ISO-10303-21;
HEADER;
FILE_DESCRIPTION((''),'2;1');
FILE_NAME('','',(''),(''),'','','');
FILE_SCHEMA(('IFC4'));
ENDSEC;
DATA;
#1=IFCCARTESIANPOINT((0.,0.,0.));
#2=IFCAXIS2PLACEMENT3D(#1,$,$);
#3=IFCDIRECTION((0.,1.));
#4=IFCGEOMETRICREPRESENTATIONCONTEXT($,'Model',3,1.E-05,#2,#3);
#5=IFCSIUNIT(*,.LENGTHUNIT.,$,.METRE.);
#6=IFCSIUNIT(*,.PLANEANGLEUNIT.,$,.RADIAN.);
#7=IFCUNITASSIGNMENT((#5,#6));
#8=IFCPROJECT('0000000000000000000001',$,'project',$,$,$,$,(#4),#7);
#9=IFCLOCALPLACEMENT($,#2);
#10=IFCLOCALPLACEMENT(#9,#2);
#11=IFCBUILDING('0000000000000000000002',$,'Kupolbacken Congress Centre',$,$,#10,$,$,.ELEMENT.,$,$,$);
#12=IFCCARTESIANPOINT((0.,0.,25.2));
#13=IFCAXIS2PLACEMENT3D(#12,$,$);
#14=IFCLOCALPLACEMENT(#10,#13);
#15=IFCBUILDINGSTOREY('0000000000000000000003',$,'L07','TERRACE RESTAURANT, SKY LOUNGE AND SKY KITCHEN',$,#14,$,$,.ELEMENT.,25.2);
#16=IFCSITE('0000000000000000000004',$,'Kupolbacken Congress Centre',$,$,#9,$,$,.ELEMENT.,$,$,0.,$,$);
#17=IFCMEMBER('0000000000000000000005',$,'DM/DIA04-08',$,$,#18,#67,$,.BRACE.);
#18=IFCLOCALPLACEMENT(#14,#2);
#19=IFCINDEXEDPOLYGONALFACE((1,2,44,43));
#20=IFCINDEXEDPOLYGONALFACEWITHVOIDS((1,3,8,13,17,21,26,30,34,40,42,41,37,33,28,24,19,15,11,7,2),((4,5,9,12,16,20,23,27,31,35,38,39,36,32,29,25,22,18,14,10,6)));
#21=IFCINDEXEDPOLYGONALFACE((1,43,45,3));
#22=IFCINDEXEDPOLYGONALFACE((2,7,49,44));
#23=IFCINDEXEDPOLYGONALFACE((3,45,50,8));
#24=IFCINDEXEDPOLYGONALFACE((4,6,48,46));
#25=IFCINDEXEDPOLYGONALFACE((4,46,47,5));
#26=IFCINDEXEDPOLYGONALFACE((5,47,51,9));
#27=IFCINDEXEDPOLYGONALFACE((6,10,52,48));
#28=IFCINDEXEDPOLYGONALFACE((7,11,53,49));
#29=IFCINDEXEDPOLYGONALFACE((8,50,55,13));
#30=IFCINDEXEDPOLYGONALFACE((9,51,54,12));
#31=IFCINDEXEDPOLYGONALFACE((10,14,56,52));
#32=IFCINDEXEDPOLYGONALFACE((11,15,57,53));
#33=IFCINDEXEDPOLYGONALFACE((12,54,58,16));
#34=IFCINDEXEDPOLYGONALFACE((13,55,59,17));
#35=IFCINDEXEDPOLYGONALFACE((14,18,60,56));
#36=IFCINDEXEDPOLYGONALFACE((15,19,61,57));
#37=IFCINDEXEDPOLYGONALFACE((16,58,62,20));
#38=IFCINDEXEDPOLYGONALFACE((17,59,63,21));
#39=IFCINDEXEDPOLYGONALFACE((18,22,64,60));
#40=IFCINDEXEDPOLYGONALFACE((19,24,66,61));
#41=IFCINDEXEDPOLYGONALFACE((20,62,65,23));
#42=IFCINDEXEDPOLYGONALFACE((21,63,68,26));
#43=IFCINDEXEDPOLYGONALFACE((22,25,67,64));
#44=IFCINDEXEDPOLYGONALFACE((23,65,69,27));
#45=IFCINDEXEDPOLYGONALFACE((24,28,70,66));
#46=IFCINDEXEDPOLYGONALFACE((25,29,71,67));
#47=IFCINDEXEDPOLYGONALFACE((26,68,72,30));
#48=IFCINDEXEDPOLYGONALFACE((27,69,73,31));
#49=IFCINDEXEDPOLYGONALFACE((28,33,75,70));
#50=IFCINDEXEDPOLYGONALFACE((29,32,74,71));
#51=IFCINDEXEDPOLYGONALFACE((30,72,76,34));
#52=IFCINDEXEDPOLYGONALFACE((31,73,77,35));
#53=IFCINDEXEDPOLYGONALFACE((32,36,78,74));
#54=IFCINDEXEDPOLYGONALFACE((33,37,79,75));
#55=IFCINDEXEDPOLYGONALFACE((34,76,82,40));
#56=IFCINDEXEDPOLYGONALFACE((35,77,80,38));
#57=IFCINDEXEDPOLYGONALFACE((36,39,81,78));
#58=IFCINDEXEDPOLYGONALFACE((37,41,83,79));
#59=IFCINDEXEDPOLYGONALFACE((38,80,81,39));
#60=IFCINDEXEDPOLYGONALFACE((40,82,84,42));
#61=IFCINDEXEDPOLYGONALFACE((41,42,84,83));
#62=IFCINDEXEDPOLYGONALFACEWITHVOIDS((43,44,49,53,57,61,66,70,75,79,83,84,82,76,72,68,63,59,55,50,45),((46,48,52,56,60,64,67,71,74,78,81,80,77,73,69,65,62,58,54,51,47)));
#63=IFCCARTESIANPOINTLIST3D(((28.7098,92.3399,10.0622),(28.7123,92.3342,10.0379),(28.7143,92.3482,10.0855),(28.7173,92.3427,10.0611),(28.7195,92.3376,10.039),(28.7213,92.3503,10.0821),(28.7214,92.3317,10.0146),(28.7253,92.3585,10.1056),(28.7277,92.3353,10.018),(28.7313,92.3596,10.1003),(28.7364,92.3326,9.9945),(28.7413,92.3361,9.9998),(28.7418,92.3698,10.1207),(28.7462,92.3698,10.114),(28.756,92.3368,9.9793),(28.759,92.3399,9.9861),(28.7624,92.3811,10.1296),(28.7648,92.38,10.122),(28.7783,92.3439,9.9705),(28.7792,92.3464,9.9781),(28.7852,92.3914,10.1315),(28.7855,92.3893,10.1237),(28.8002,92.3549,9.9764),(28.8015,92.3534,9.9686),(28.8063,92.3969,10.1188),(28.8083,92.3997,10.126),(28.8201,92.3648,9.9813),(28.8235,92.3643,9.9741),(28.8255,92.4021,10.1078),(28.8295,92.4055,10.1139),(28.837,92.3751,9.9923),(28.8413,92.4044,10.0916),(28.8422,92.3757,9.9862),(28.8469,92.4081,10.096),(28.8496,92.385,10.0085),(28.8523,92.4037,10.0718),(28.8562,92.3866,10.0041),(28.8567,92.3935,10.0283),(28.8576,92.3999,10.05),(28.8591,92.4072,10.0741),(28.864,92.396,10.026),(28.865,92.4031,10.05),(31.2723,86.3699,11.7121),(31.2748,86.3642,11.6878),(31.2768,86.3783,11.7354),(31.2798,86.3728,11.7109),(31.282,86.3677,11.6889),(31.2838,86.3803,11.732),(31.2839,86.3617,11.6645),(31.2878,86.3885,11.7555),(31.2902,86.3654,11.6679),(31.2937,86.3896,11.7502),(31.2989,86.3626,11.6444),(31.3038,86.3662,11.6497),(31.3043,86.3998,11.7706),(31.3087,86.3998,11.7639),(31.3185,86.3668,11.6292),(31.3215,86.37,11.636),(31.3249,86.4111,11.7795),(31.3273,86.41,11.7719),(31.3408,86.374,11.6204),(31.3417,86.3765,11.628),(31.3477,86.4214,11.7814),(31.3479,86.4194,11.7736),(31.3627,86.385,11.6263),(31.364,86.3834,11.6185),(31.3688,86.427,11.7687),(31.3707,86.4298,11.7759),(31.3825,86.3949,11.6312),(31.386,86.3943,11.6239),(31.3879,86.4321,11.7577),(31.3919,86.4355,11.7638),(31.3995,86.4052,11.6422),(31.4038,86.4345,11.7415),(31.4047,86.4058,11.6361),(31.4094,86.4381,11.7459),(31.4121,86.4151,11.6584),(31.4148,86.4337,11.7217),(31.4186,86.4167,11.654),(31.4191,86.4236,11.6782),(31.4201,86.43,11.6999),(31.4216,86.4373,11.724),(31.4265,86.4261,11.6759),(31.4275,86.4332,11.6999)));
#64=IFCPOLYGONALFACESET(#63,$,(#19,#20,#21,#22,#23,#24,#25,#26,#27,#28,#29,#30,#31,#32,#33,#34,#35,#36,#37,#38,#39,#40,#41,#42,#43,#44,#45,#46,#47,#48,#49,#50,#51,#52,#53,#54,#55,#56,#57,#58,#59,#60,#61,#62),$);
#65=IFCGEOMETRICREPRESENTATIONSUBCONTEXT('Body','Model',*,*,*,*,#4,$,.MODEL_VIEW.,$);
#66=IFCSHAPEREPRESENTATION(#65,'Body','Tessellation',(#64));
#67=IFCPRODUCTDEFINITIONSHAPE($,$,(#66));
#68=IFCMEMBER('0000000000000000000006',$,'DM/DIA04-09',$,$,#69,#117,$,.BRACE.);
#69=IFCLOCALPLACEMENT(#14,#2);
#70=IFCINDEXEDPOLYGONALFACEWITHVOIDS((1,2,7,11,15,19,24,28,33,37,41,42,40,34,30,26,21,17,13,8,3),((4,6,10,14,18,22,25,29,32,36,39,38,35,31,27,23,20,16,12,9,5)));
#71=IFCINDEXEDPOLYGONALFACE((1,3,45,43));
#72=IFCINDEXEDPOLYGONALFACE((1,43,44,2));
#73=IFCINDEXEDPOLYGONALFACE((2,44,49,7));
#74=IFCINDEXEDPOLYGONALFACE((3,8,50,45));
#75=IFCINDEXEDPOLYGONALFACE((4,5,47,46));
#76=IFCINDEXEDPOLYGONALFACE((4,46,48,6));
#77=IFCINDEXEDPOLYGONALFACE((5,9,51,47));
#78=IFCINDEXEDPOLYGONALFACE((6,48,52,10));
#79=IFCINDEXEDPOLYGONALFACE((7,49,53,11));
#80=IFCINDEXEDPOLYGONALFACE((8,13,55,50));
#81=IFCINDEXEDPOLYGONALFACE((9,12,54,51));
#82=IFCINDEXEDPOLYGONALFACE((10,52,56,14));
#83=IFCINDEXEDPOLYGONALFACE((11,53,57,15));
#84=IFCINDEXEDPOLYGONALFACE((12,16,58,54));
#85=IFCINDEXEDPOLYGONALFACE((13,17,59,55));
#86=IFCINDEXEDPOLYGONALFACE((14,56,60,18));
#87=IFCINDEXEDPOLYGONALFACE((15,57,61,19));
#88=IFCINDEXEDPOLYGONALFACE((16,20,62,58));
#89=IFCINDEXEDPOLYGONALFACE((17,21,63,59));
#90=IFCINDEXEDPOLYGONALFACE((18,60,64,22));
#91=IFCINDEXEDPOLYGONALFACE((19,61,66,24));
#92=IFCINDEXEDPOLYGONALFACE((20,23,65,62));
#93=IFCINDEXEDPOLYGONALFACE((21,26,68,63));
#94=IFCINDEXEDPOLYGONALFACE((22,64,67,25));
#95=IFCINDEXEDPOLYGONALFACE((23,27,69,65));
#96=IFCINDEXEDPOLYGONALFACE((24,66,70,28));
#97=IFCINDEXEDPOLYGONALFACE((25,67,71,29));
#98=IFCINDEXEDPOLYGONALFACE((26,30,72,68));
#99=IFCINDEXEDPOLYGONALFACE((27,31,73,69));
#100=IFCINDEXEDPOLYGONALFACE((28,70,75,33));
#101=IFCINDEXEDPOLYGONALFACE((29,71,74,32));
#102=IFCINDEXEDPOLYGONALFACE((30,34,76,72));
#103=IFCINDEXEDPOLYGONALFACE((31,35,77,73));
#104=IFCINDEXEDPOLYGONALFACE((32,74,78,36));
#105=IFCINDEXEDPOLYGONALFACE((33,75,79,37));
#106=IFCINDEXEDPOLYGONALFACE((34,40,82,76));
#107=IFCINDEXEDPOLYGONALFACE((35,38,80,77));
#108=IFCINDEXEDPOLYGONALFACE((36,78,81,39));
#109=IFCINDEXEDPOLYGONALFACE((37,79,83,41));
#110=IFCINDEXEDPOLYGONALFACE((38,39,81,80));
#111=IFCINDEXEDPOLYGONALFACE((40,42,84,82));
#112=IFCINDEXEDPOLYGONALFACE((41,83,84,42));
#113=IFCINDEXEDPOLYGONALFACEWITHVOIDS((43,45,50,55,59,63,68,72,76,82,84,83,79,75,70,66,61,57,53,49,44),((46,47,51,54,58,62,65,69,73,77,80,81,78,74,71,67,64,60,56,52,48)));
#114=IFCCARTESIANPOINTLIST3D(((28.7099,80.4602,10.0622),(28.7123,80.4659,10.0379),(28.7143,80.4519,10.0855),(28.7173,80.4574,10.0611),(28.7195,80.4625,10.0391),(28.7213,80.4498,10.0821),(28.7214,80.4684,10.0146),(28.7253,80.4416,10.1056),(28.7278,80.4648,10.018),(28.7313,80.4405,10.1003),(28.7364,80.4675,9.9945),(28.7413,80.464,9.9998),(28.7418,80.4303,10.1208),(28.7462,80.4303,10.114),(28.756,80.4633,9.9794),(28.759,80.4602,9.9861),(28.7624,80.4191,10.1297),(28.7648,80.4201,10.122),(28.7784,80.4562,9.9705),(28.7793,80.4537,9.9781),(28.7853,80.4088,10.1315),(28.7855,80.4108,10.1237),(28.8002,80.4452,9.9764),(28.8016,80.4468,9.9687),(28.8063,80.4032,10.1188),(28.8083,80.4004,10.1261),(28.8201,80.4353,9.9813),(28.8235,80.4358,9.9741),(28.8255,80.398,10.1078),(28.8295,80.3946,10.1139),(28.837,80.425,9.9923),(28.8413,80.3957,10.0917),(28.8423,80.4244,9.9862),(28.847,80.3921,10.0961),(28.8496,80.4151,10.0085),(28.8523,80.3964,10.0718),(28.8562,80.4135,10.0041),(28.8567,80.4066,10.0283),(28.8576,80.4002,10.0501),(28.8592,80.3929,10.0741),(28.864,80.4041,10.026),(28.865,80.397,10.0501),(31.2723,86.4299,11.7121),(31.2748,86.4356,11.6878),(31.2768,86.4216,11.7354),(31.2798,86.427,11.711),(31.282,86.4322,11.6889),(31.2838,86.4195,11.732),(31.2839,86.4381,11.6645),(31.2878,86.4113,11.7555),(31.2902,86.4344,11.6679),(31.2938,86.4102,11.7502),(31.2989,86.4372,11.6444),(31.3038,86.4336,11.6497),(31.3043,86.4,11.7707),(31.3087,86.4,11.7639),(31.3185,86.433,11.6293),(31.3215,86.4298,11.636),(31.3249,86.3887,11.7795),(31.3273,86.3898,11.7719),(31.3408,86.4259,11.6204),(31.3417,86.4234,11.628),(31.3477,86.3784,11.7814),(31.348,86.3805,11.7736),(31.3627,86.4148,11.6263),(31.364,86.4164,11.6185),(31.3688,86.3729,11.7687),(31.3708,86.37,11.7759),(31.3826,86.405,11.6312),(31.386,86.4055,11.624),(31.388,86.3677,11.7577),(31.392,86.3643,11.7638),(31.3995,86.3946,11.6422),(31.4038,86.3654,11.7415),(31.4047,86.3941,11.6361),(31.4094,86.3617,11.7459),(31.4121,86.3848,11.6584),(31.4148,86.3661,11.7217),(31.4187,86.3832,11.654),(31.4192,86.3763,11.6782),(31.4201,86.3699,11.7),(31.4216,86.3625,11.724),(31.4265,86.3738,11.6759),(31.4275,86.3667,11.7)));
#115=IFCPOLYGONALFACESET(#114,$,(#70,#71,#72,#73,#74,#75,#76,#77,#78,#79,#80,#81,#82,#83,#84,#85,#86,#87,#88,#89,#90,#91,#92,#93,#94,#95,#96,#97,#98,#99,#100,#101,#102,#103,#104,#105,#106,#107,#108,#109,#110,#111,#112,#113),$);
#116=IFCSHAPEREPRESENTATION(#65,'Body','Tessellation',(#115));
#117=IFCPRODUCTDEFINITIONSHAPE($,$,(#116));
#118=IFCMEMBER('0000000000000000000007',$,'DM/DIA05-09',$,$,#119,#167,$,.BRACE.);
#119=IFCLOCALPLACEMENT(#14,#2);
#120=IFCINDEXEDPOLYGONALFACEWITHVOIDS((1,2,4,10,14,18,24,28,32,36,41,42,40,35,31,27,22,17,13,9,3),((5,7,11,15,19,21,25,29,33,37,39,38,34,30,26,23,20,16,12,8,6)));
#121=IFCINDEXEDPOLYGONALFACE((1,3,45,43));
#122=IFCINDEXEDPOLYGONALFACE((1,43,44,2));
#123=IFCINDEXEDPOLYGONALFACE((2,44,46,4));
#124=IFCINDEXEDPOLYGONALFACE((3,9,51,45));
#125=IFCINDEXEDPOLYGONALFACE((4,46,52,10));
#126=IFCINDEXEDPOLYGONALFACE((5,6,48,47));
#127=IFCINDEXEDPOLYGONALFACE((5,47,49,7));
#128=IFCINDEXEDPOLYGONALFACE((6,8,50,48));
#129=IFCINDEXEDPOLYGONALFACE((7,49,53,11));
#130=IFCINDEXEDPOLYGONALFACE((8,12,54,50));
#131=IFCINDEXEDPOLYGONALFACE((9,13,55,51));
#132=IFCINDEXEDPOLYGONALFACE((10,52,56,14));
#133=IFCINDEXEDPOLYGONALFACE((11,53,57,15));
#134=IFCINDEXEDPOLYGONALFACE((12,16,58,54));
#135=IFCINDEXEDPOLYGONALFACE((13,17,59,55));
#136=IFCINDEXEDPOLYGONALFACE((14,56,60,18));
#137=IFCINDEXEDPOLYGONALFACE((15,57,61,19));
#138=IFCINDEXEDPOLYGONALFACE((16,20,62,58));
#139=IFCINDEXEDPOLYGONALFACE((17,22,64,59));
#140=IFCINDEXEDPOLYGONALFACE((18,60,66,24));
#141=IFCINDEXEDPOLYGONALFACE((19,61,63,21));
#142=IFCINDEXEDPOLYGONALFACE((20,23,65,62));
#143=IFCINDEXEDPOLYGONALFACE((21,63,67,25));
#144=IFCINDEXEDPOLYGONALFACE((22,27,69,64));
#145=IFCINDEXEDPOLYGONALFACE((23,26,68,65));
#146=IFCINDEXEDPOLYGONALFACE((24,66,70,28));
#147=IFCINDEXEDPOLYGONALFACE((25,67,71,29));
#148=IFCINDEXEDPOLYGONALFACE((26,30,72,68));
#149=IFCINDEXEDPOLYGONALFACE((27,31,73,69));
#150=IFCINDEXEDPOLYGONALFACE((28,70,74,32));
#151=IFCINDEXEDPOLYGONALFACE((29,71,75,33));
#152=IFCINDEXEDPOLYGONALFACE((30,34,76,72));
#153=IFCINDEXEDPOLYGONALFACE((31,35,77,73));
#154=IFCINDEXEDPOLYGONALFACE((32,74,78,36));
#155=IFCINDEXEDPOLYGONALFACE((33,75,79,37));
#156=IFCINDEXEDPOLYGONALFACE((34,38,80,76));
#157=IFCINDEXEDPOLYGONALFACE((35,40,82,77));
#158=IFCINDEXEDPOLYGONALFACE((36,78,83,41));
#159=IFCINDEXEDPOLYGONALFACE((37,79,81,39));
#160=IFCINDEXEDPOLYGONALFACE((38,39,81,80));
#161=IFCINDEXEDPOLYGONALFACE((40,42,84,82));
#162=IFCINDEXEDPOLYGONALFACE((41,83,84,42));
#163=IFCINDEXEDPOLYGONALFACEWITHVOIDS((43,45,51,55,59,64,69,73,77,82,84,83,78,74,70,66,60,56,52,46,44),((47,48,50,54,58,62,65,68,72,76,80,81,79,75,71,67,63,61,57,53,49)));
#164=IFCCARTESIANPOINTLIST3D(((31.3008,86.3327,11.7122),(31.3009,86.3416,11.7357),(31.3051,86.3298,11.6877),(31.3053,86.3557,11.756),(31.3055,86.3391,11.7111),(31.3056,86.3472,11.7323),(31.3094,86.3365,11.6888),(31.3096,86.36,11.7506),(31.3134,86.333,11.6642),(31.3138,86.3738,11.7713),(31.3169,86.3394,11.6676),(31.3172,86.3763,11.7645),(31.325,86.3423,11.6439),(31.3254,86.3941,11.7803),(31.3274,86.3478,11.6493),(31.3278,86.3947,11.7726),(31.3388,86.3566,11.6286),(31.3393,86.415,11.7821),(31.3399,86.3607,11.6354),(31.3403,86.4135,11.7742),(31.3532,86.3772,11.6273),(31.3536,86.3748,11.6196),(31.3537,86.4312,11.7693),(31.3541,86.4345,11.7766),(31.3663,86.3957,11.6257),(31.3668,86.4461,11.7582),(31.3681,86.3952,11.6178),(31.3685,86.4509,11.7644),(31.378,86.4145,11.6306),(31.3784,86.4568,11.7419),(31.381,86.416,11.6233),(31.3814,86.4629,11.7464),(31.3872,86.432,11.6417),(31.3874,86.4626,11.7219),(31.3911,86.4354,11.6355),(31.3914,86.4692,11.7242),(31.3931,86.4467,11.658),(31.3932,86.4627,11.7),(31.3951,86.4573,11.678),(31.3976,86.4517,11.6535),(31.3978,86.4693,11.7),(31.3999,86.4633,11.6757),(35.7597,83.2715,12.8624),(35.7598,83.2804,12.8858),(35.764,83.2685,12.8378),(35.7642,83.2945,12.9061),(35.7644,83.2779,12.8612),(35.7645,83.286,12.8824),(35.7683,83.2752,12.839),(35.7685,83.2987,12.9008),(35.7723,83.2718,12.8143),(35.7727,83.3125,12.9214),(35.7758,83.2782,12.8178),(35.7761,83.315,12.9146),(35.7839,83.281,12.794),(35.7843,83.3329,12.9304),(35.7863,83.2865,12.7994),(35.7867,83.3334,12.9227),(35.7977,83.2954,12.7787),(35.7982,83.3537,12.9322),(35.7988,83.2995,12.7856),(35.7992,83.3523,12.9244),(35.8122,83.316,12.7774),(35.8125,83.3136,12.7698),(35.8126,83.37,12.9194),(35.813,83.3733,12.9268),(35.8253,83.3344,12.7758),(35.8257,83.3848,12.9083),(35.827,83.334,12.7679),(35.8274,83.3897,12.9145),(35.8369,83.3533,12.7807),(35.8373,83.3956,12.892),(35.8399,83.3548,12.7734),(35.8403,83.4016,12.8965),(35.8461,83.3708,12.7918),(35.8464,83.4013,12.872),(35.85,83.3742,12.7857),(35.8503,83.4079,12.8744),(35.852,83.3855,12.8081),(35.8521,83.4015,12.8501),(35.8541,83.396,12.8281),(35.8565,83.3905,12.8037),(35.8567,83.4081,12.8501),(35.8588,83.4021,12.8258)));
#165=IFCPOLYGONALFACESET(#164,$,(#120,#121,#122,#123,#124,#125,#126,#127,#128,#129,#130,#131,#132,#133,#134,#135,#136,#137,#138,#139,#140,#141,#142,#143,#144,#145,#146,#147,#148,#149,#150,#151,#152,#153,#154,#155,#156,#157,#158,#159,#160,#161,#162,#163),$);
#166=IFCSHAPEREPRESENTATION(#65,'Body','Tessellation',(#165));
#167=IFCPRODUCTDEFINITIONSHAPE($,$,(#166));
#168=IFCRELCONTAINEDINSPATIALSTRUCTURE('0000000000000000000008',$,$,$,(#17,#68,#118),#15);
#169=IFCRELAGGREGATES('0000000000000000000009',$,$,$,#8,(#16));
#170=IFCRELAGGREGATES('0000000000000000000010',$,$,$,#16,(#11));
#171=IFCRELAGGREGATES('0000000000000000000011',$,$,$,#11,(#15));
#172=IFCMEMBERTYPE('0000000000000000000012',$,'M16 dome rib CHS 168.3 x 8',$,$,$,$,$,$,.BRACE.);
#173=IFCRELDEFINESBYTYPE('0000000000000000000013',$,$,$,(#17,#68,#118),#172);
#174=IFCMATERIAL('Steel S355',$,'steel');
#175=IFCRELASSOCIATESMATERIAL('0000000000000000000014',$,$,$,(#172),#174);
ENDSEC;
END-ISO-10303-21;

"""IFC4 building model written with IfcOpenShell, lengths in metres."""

from ifc_helpers import new_model, si_unit, direction, frame, origin, origin_2d, place, context, subcontext, project, spatial, hollow_circle, extrude, material, material_profile, profile_set, type_object, element, save


model = new_model("IFC4")

# Units and contexts
model_context = context("Model", 3, precision=1e-05, world=origin(), true_north=direction((0.0, 1.0)))
body_context = subcontext(model_context, "Body", "Model", "MODEL_VIEW")
ifc_project = project(units=[si_unit("LENGTHUNIT", "METRE"), si_unit("PLANEANGLEUNIT", "RADIAN")], contexts=[model_context])

# Site, building, storey
site_placement = place(None, origin())
site = spatial("IfcSite", under=ifc_project, at=site_placement, Name="Kupolbacken Congress Centre", CompositionType="ELEMENT", RefElevation=0.0)
building_placement = place(site_placement, origin())
building = spatial("IfcBuilding", under=site, at=building_placement, Name="Kupolbacken Congress Centre", CompositionType="ELEMENT")
storey_placement = place(building_placement, frame((0.0, 0.0, 25.2)))
storey = spatial("IfcBuildingStorey", under=building, at=storey_placement, Name="L07", Description="TERRACE RESTAURANT, SKY LOUNGE AND SKY KITCHEN", CompositionType="ELEMENT", Elevation=25.2)

# Members
ifc_material_1 = material(Name="Steel S355", Category="steel")
ifc_material_profile_1 = material_profile(ifc_material_1, hollow_circle(Radius=0.0842, WallThickness=0.0081, at=origin_2d()), Name="CHS 168.3 x 8")
ifc_profile_set_1 = profile_set([ifc_material_profile_1], Name="Steel S355")
member_type_1 = type_object("IfcMemberType", Name="M16 dome rib CHS 168.3 x 8", PredefinedType="BRACE", material=ifc_profile_set_1)
member_1_placement = place(storey_placement, frame((28.7876, 92.3699, 10.05), z_axis=(0.382296, -0.890652, 0.246147), x_axis=(0.918925, 0.394432, 0.0)))
element("IfcMember", 1, at=member_1_placement, inside=storey, type_object=member_type_1, Name="DM/DIA04-08", PredefinedType="BRACE", context=body_context, shape_type="SweptSolid", body=[
    extrude(hollow_circle(Radius=0.0842, WallThickness=0.0081, at=origin_2d()), origin(), (0.0, 0.0, 1.0), 6.7029),
])
member_2_placement = place(storey_placement, frame((31.3501, 86.3999, 11.7), z_axis=(-0.382308, -0.890645, -0.246155), x_axis=(0.918919, -0.394445, 0.0)))
element("IfcMember", 2, at=member_2_placement, inside=storey, type_object=member_type_1, Name="DM/DIA04-09", PredefinedType="BRACE", context=body_context, shape_type="SweptSolid", body=[
    extrude(hollow_circle(Radius=0.0842, WallThickness=0.0081, at=origin_2d()), origin(), (0.0, 0.0, 1.0), 6.7026),
])
member_3_placement = place(storey_placement, frame((31.3501, 86.3999, 11.7), z_axis=(0.80638, -0.553614, 0.207997), x_axis=(0.565992, 0.824411, 0.0)))
element("IfcMember", 3, at=member_3_placement, inside=storey, type_object=member_type_1, Name="DM/DIA05-09", PredefinedType="BRACE", context=body_context, shape_type="SweptSolid", body=[
    extrude(hollow_circle(Radius=0.0842, WallThickness=0.0081, at=origin_2d()), origin(), (0.0, 0.0, 1.0), 5.5295),
])

save(model, "model.ifc")
